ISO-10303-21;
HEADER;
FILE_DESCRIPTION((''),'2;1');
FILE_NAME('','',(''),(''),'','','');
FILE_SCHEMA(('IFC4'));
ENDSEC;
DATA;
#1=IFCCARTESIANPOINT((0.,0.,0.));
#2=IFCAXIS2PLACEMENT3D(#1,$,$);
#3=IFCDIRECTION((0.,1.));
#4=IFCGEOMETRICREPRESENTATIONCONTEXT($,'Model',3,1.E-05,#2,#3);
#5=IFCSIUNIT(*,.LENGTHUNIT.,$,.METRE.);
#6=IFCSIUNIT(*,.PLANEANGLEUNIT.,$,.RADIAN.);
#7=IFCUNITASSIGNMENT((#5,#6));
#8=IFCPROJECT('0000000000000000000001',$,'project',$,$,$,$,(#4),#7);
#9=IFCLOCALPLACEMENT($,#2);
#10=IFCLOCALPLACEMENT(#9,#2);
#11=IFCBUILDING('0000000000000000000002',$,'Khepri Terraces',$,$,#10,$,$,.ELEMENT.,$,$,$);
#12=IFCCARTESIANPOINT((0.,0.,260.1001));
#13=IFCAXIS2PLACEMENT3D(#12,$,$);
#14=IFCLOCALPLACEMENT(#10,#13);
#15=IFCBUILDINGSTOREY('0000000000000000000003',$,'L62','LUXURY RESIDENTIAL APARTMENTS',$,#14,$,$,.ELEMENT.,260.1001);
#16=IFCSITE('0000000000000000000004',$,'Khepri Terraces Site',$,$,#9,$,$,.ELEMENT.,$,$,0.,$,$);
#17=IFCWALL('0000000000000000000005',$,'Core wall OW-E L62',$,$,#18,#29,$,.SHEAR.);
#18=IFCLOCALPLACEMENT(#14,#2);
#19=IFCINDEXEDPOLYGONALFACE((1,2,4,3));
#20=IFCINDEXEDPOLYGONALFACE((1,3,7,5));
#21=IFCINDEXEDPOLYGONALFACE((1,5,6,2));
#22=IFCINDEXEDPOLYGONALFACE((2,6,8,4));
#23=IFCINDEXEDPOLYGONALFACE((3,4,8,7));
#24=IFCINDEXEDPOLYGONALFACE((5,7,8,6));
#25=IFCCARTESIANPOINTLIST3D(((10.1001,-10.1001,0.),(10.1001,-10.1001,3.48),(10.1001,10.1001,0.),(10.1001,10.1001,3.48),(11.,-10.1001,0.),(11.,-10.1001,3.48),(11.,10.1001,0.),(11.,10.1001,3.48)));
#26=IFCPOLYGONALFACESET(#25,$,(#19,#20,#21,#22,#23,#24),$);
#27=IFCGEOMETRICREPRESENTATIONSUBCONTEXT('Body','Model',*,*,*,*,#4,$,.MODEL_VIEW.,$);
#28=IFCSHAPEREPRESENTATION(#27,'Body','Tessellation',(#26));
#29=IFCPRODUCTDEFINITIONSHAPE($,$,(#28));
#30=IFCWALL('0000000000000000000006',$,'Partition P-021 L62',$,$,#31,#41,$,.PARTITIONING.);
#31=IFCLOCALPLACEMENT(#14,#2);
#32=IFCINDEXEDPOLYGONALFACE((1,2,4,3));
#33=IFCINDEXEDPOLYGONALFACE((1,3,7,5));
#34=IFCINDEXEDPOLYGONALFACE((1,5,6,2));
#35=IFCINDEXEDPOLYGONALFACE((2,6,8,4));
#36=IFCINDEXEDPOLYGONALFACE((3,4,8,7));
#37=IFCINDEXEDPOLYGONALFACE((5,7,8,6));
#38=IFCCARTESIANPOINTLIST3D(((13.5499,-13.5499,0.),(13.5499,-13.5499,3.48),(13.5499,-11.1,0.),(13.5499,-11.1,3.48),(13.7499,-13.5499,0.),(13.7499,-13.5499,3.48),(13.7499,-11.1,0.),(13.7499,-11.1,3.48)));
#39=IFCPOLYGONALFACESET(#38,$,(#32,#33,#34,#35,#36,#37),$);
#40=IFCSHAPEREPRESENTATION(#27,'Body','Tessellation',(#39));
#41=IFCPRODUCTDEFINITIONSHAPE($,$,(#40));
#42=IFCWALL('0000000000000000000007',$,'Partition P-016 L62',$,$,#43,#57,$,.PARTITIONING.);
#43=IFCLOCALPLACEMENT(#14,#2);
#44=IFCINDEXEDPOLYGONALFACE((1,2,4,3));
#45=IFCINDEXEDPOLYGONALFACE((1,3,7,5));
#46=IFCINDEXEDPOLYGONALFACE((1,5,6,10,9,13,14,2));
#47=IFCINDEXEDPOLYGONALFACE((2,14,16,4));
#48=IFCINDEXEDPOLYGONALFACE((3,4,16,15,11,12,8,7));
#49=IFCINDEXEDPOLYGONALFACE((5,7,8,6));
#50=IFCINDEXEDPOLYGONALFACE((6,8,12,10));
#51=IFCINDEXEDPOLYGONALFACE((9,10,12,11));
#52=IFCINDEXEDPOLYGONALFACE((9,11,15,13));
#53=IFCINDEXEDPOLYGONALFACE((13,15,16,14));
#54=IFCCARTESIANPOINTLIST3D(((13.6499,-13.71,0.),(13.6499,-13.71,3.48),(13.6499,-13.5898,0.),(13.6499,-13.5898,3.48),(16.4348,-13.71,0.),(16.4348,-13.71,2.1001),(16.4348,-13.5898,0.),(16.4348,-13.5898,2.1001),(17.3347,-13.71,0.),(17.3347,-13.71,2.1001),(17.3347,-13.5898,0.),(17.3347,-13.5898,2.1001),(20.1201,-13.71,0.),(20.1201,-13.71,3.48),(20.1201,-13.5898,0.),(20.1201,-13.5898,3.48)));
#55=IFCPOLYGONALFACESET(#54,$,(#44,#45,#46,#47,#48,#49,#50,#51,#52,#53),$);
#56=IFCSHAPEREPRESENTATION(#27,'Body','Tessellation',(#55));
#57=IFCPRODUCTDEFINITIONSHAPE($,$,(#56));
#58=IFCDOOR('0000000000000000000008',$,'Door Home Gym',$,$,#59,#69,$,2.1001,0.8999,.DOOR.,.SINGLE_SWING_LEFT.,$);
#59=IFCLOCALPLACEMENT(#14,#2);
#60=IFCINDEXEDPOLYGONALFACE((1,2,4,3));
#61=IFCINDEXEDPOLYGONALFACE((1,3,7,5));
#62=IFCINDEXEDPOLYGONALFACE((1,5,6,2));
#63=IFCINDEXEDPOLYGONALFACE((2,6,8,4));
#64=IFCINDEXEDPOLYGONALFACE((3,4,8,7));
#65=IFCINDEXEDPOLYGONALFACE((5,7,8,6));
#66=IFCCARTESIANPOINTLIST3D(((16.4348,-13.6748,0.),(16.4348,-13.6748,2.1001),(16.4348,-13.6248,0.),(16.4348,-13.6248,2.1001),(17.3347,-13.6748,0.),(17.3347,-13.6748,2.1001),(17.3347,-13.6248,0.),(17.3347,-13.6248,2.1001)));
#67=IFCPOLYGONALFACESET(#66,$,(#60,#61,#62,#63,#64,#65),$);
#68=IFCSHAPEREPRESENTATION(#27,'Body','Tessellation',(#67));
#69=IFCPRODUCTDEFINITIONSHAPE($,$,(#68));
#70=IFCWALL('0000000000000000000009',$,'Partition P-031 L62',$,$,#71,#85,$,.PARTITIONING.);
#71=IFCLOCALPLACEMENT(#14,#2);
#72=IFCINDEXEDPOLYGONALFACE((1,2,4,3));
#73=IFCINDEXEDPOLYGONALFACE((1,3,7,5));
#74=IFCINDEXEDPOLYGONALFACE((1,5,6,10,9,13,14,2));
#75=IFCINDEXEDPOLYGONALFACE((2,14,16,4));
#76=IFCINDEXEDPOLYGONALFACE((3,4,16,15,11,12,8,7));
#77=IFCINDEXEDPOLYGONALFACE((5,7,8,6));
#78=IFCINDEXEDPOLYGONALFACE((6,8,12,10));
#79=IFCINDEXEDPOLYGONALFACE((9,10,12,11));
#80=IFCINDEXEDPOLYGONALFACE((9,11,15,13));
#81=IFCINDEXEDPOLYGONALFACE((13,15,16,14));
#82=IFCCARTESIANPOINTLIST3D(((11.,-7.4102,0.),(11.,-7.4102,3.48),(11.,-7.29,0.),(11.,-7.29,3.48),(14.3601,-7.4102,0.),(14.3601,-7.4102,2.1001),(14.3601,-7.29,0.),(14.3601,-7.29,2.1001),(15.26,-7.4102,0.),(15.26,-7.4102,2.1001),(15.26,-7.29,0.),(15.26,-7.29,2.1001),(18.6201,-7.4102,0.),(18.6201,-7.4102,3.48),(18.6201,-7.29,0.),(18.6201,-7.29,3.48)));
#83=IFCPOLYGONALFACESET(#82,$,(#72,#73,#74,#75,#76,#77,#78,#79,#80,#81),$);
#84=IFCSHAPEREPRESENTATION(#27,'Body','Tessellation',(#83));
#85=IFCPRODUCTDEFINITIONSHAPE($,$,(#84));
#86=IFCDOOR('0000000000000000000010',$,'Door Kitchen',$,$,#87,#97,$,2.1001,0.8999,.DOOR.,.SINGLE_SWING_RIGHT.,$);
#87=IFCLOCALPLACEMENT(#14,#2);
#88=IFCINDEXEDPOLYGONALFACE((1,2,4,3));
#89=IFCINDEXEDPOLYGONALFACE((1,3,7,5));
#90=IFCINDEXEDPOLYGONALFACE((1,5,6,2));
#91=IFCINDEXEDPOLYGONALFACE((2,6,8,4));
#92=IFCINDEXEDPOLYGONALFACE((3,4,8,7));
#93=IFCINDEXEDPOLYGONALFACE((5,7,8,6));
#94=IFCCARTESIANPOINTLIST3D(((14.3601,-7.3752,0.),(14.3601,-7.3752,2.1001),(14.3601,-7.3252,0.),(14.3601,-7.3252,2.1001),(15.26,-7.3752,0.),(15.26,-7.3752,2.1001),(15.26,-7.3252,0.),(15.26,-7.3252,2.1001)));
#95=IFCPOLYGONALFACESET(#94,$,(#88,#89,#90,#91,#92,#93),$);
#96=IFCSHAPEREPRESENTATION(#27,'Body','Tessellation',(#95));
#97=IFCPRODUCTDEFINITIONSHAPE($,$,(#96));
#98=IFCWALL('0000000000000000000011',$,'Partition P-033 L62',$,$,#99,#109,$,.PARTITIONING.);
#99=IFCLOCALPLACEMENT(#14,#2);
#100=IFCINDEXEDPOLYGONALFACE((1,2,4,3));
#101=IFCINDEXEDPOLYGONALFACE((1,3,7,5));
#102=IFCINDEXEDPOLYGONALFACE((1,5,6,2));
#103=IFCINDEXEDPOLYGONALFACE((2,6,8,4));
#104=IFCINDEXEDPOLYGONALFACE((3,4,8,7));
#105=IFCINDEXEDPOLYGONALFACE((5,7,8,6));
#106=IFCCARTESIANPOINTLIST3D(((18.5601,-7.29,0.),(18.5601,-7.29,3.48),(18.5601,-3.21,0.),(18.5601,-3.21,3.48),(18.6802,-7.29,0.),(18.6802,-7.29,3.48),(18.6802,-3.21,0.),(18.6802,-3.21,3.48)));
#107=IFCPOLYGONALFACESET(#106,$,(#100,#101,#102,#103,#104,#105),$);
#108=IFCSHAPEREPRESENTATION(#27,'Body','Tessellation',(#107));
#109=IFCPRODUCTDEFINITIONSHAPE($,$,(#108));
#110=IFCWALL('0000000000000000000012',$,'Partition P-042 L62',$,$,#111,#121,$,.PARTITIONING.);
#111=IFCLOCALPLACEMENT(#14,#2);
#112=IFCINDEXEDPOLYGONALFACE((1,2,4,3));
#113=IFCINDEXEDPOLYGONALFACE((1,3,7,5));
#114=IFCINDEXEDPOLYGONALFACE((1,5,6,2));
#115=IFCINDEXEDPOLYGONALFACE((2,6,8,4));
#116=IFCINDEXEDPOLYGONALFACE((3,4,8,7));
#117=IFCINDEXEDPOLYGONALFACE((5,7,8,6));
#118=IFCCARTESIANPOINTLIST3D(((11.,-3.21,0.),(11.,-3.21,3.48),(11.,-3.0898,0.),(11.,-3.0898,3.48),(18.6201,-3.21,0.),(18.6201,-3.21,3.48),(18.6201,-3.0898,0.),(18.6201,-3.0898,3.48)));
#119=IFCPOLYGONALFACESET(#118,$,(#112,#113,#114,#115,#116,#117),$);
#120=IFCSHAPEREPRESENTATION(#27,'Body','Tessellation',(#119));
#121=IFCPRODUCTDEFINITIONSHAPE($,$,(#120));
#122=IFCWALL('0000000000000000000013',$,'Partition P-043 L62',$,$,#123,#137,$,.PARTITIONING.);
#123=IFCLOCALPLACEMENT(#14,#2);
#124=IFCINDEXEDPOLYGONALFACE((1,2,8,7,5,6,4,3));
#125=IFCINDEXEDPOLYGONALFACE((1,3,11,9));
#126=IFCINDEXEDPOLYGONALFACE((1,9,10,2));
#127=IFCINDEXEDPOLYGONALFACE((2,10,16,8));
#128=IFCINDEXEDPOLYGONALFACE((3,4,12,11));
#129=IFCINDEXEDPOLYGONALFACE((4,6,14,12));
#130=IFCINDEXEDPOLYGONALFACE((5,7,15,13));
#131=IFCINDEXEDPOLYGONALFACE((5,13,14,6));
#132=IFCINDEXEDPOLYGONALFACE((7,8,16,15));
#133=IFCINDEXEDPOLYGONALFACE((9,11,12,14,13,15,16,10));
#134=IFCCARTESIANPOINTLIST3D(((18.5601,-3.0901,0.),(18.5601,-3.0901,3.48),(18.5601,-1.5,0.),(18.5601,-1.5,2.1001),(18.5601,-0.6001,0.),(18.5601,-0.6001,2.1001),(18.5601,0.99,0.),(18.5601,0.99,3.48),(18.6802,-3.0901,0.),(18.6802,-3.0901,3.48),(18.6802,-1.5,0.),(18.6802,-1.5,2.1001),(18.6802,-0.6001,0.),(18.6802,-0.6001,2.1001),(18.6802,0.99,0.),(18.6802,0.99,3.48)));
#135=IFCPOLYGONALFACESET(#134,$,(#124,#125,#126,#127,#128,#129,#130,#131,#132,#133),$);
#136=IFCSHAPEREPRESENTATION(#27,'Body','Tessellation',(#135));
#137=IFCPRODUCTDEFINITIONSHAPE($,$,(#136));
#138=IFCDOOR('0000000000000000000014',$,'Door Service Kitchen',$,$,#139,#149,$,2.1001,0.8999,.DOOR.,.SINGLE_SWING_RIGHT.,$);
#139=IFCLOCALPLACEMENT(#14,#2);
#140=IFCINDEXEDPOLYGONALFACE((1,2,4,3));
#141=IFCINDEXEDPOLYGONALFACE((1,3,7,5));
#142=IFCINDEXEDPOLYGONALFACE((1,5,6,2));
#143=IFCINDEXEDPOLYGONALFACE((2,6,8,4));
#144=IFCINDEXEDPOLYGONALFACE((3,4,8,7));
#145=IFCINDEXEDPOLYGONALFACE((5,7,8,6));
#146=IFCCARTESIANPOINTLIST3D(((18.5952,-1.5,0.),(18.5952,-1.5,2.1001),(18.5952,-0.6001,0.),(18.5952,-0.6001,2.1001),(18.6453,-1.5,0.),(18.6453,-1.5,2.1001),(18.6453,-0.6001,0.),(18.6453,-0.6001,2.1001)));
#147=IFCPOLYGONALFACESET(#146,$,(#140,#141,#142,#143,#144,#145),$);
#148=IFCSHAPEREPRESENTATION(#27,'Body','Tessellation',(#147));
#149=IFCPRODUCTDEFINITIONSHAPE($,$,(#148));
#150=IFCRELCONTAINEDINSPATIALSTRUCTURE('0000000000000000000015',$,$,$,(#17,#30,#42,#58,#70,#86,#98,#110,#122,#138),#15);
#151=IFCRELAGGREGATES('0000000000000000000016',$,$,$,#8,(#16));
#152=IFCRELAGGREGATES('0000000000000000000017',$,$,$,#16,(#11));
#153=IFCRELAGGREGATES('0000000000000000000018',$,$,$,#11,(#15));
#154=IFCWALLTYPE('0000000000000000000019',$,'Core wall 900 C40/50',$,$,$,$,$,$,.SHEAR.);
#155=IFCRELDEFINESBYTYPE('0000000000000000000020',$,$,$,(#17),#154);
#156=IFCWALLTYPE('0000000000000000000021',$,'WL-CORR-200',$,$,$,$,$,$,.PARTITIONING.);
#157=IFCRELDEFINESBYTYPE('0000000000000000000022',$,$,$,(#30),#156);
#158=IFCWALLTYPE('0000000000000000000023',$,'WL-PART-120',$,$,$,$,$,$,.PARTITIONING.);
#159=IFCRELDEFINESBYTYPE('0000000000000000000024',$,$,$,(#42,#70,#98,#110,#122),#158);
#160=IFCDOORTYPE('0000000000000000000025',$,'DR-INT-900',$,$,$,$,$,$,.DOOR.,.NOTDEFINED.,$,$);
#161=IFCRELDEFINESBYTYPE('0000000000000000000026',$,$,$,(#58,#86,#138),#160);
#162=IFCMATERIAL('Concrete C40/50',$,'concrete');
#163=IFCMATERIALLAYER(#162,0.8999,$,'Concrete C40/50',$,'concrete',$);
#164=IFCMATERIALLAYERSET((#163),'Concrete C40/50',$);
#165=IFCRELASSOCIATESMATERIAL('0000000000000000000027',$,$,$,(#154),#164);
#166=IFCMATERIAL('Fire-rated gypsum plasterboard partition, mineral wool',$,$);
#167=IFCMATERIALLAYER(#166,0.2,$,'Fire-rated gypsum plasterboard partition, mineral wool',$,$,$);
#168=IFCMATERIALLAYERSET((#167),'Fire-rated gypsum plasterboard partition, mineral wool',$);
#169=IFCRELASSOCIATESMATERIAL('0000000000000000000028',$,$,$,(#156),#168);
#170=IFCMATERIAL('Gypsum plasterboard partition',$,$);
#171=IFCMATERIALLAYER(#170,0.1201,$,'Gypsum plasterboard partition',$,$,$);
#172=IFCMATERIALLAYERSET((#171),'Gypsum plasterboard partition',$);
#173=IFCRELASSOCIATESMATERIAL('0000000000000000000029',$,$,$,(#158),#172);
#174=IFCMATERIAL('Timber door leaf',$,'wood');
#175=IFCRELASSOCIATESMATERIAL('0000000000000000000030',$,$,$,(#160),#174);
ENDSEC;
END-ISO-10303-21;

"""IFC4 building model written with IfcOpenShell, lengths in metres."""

from ifc_helpers import new_model, si_unit, direction, frame, frame_2d, origin, place, context, subcontext, project, spatial, rectangle, extrude, material, layer, layer_set, type_object, element, fill, save


model = new_model("IFC4")

# Units and contexts
model_context = context("Model", 3, precision=1e-05, world=origin(), true_north=direction((0.0, 1.0)))
body_context = subcontext(model_context, "Body", "Model", "MODEL_VIEW")
ifc_project = project(units=[si_unit("LENGTHUNIT", "METRE"), si_unit("PLANEANGLEUNIT", "RADIAN")], contexts=[model_context])

# Site, building, storey
site_placement = place(None, origin())
site = spatial("IfcSite", under=ifc_project, at=site_placement, Name="Khepri Terraces Site", CompositionType="ELEMENT", RefElevation=0.0)
building_placement = place(site_placement, origin())
building = spatial("IfcBuilding", under=site, at=building_placement, Name="Khepri Terraces", CompositionType="ELEMENT")
storey_placement = place(building_placement, frame((0.0, 0.0, 260.1001)))
storey = spatial("IfcBuildingStorey", under=building, at=storey_placement, Name="L62", Description="LUXURY RESIDENTIAL APARTMENTS", CompositionType="ELEMENT", Elevation=260.1001)

# Walls
ifc_material_1 = material(Name="Concrete C40/50", Category="concrete")
ifc_layer_1 = layer(ifc_material_1, 0.8999, Name="Concrete C40/50", Category="concrete")
ifc_layer_set_1 = layer_set([ifc_layer_1], Name="Concrete C40/50")
wall_type_1 = type_object("IfcWallType", Name="Core wall 900 C40/50", PredefinedType="SHEAR", material=ifc_layer_set_1)
wall_1_placement = place(storey_placement, frame((10.55, -10.1001, 0.0), z_axis=(0.0, 0.0, 1.0), x_axis=(0.0, 1.0, 0.0)))
element("IfcWall", 1, at=wall_1_placement, inside=storey, type_object=wall_type_1, Name="Core wall OW-E L62", PredefinedType="SHEAR", context=body_context, shape_type="SweptSolid", body=[
    extrude(rectangle(XDim=20.2002, YDim=0.8999, at=frame_2d((10.1001, 0.0))), origin(), (0.0, 0.0, 1.0), 3.48),
])
ifc_material_2 = material(Name="Fire-rated gypsum plasterboard partition, mineral wool")
ifc_layer_2 = layer(ifc_material_2, 0.2, Name="Fire-rated gypsum plasterboard partition, mineral wool")
ifc_layer_set_2 = layer_set([ifc_layer_2], Name="Fire-rated gypsum plasterboard partition, mineral wool")
wall_type_2 = type_object("IfcWallType", Name="WL-CORR-200", PredefinedType="PARTITIONING", material=ifc_layer_set_2)
wall_2_placement = place(storey_placement, frame((13.6499, -13.55, 0.0), z_axis=(0.0, 0.0, 1.0), x_axis=(0.0, 1.0, 0.0)))
element("IfcWall", 2, at=wall_2_placement, inside=storey, type_object=wall_type_2, Name="Partition P-021 L62", PredefinedType="PARTITIONING", context=body_context, shape_type="SweptSolid", body=[
    extrude(rectangle(XDim=2.45, YDim=0.2, at=frame_2d((1.2251, 0.0))), origin(), (0.0, 0.0, 1.0), 3.48),
])

# Walls, openings, doors
ifc_material_3 = material(Name="Gypsum plasterboard partition")
ifc_layer_3 = layer(ifc_material_3, 0.1201, Name="Gypsum plasterboard partition")
ifc_layer_set_3 = layer_set([ifc_layer_3], Name="Gypsum plasterboard partition")
wall_type_3 = type_object("IfcWallType", Name="WL-PART-120", PredefinedType="PARTITIONING", material=ifc_layer_set_3)
wall_3_placement = place(storey_placement, frame((13.6499, -13.6499, 0.0), z_axis=(0.0, 0.0, 1.0), x_axis=(1.0, 0.0, 0.0)))
wall_3 = element("IfcWall", 3, at=wall_3_placement, inside=storey, type_object=wall_type_3, Name="Partition P-016 L62", PredefinedType="PARTITIONING", context=body_context, shape_type="SweptSolid", body=[
    extrude(rectangle(XDim=6.4702, YDim=0.1201, at=frame_2d((3.2351, 0.0))), origin(), (0.0, 0.0, 1.0), 3.48),
])
opening_1_placement = place(wall_3_placement, frame((2.7849, 0.0, 0.0)))
opening_1 = element("IfcOpeningElement", 4, at=opening_1_placement, cuts=wall_3, PredefinedType="OPENING", context=body_context, shape_type="SweptSolid", body=[
    extrude(rectangle(XDim=0.8999, YDim=2.1001, at=frame_2d((0.45, 1.05))), frame((0.0, 0.0701, 0.0), z_axis=(0.0, -1.0, 0.0), x_axis=(1.0, 0.0, 0.0)), (0.0, 0.0, 1.0), 0.1401),
])
ifc_material_4 = material(Name="Timber door leaf", Category="wood")
door_type_1 = type_object("IfcDoorType", Name="DR-INT-900", OperationType="NOTDEFINED", PredefinedType="DOOR", material=ifc_material_4)
door_1_placement = place(opening_1_placement, frame((0.8999, 0.0, 0.0), z_axis=(0.0, 0.0, 1.0), x_axis=(-1.0, 0.0, 0.0)))
door_1 = element("IfcDoor", 5, at=door_1_placement, inside=storey, type_object=door_type_1, Name="Door Home Gym", OperationType="SINGLE_SWING_LEFT", OverallHeight=2.1001, OverallWidth=0.8999, PredefinedType="DOOR", context=body_context, shape_type="SweptSolid", body=[
    extrude(rectangle(XDim=0.8999, YDim=2.1001, at=frame_2d((0.45, 1.05))), frame((0.0, 0.0249, 0.0), z_axis=(0.0, -1.0, 0.0), x_axis=(1.0, 0.0, 0.0)), (0.0, 0.0, 1.0), 0.05),
])
fill(opening_1, door_1)
wall_4_placement = place(storey_placement, frame((11.0, -7.3501, 0.0), z_axis=(0.0, 0.0, 1.0), x_axis=(1.0, 0.0, 0.0)))
wall_4 = element("IfcWall", 6, at=wall_4_placement, inside=storey, type_object=wall_type_3, Name="Partition P-031 L62", PredefinedType="PARTITIONING", context=body_context, shape_type="SweptSolid", body=[
    extrude(rectangle(XDim=7.6201, YDim=0.1201, at=frame_2d((3.8101, 0.0))), origin(), (0.0, 0.0, 1.0), 3.48),
])
opening_2_placement = place(wall_4_placement, frame((3.3601, 0.0, 0.0)))
opening_2 = element("IfcOpeningElement", 7, at=opening_2_placement, cuts=wall_4, PredefinedType="OPENING", context=body_context, shape_type="SweptSolid", body=[
    extrude(rectangle(XDim=0.8999, YDim=2.1001, at=frame_2d((0.45, 1.05))), frame((0.0, 0.0701, 0.0), z_axis=(0.0, -1.0, 0.0), x_axis=(1.0, 0.0, 0.0)), (0.0, 0.0, 1.0), 0.1401),
])
door_2_placement = place(opening_2_placement, origin())
door_2 = element("IfcDoor", 8, at=door_2_placement, inside=storey, type_object=door_type_1, Name="Door Kitchen", OperationType="SINGLE_SWING_RIGHT", OverallHeight=2.1001, OverallWidth=0.8999, PredefinedType="DOOR", context=body_context, shape_type="SweptSolid", body=[
    extrude(rectangle(XDim=0.8999, YDim=2.1001, at=frame_2d((0.45, 1.05))), frame((0.0, 0.0249, 0.0), z_axis=(0.0, -1.0, 0.0), x_axis=(1.0, 0.0, 0.0)), (0.0, 0.0, 1.0), 0.05),
])
fill(opening_2, door_2)

# Walls
wall_5_placement = place(storey_placement, frame((18.6201, -7.29, 0.0), z_axis=(0.0, 0.0, 1.0), x_axis=(0.0, 1.0, 0.0)))
element("IfcWall", 9, at=wall_5_placement, inside=storey, type_object=wall_type_3, Name="Partition P-033 L62", PredefinedType="PARTITIONING", context=body_context, shape_type="SweptSolid", body=[
    extrude(rectangle(XDim=4.0801, YDim=0.1201, at=frame_2d((2.04, 0.0))), origin(), (0.0, 0.0, 1.0), 3.48),
])
wall_6_placement = place(storey_placement, frame((11.0, -3.1499, 0.0), z_axis=(0.0, 0.0, 1.0), x_axis=(1.0, 0.0, 0.0)))
element("IfcWall", 10, at=wall_6_placement, inside=storey, type_object=wall_type_3, Name="Partition P-042 L62", PredefinedType="PARTITIONING", context=body_context, shape_type="SweptSolid", body=[
    extrude(rectangle(XDim=7.6201, YDim=0.1201, at=frame_2d((3.8101, 0.0))), origin(), (0.0, 0.0, 1.0), 3.48),
])

# Wall, opening, door
wall_7_placement = place(storey_placement, frame((18.6201, -3.0901, 0.0), z_axis=(0.0, 0.0, 1.0), x_axis=(0.0, 1.0, 0.0)))
wall_7 = element("IfcWall", 11, at=wall_7_placement, inside=storey, type_object=wall_type_3, Name="Partition P-043 L62", PredefinedType="PARTITIONING", context=body_context, shape_type="SweptSolid", body=[
    extrude(rectangle(XDim=4.0801, YDim=0.1201, at=frame_2d((2.04, 0.0))), origin(), (0.0, 0.0, 1.0), 3.48),
])
opening_3_placement = place(wall_7_placement, frame((1.5901, 0.0, 0.0)))
opening_3 = element("IfcOpeningElement", 12, at=opening_3_placement, cuts=wall_7, PredefinedType="OPENING", context=body_context, shape_type="SweptSolid", body=[
    extrude(rectangle(XDim=0.8999, YDim=2.1001, at=frame_2d((0.45, 1.05))), frame((0.0, 0.0701, 0.0), z_axis=(0.0, -1.0, 0.0), x_axis=(1.0, 0.0, 0.0)), (0.0, 0.0, 1.0), 0.1401),
])
door_3_placement = place(opening_3_placement, origin())
door_3 = element("IfcDoor", 13, at=door_3_placement, inside=storey, type_object=door_type_1, Name="Door Service Kitchen", OperationType="SINGLE_SWING_RIGHT", OverallHeight=2.1001, OverallWidth=0.8999, PredefinedType="DOOR", context=body_context, shape_type="SweptSolid", body=[
    extrude(rectangle(XDim=0.8999, YDim=2.1001, at=frame_2d((0.45, 1.05))), frame((0.0, 0.0249, 0.0), z_axis=(0.0, -1.0, 0.0), x_axis=(1.0, 0.0, 0.0)), (0.0, 0.0, 1.0), 0.05),
])
fill(opening_3, door_3)

save(model, "model.ifc")
